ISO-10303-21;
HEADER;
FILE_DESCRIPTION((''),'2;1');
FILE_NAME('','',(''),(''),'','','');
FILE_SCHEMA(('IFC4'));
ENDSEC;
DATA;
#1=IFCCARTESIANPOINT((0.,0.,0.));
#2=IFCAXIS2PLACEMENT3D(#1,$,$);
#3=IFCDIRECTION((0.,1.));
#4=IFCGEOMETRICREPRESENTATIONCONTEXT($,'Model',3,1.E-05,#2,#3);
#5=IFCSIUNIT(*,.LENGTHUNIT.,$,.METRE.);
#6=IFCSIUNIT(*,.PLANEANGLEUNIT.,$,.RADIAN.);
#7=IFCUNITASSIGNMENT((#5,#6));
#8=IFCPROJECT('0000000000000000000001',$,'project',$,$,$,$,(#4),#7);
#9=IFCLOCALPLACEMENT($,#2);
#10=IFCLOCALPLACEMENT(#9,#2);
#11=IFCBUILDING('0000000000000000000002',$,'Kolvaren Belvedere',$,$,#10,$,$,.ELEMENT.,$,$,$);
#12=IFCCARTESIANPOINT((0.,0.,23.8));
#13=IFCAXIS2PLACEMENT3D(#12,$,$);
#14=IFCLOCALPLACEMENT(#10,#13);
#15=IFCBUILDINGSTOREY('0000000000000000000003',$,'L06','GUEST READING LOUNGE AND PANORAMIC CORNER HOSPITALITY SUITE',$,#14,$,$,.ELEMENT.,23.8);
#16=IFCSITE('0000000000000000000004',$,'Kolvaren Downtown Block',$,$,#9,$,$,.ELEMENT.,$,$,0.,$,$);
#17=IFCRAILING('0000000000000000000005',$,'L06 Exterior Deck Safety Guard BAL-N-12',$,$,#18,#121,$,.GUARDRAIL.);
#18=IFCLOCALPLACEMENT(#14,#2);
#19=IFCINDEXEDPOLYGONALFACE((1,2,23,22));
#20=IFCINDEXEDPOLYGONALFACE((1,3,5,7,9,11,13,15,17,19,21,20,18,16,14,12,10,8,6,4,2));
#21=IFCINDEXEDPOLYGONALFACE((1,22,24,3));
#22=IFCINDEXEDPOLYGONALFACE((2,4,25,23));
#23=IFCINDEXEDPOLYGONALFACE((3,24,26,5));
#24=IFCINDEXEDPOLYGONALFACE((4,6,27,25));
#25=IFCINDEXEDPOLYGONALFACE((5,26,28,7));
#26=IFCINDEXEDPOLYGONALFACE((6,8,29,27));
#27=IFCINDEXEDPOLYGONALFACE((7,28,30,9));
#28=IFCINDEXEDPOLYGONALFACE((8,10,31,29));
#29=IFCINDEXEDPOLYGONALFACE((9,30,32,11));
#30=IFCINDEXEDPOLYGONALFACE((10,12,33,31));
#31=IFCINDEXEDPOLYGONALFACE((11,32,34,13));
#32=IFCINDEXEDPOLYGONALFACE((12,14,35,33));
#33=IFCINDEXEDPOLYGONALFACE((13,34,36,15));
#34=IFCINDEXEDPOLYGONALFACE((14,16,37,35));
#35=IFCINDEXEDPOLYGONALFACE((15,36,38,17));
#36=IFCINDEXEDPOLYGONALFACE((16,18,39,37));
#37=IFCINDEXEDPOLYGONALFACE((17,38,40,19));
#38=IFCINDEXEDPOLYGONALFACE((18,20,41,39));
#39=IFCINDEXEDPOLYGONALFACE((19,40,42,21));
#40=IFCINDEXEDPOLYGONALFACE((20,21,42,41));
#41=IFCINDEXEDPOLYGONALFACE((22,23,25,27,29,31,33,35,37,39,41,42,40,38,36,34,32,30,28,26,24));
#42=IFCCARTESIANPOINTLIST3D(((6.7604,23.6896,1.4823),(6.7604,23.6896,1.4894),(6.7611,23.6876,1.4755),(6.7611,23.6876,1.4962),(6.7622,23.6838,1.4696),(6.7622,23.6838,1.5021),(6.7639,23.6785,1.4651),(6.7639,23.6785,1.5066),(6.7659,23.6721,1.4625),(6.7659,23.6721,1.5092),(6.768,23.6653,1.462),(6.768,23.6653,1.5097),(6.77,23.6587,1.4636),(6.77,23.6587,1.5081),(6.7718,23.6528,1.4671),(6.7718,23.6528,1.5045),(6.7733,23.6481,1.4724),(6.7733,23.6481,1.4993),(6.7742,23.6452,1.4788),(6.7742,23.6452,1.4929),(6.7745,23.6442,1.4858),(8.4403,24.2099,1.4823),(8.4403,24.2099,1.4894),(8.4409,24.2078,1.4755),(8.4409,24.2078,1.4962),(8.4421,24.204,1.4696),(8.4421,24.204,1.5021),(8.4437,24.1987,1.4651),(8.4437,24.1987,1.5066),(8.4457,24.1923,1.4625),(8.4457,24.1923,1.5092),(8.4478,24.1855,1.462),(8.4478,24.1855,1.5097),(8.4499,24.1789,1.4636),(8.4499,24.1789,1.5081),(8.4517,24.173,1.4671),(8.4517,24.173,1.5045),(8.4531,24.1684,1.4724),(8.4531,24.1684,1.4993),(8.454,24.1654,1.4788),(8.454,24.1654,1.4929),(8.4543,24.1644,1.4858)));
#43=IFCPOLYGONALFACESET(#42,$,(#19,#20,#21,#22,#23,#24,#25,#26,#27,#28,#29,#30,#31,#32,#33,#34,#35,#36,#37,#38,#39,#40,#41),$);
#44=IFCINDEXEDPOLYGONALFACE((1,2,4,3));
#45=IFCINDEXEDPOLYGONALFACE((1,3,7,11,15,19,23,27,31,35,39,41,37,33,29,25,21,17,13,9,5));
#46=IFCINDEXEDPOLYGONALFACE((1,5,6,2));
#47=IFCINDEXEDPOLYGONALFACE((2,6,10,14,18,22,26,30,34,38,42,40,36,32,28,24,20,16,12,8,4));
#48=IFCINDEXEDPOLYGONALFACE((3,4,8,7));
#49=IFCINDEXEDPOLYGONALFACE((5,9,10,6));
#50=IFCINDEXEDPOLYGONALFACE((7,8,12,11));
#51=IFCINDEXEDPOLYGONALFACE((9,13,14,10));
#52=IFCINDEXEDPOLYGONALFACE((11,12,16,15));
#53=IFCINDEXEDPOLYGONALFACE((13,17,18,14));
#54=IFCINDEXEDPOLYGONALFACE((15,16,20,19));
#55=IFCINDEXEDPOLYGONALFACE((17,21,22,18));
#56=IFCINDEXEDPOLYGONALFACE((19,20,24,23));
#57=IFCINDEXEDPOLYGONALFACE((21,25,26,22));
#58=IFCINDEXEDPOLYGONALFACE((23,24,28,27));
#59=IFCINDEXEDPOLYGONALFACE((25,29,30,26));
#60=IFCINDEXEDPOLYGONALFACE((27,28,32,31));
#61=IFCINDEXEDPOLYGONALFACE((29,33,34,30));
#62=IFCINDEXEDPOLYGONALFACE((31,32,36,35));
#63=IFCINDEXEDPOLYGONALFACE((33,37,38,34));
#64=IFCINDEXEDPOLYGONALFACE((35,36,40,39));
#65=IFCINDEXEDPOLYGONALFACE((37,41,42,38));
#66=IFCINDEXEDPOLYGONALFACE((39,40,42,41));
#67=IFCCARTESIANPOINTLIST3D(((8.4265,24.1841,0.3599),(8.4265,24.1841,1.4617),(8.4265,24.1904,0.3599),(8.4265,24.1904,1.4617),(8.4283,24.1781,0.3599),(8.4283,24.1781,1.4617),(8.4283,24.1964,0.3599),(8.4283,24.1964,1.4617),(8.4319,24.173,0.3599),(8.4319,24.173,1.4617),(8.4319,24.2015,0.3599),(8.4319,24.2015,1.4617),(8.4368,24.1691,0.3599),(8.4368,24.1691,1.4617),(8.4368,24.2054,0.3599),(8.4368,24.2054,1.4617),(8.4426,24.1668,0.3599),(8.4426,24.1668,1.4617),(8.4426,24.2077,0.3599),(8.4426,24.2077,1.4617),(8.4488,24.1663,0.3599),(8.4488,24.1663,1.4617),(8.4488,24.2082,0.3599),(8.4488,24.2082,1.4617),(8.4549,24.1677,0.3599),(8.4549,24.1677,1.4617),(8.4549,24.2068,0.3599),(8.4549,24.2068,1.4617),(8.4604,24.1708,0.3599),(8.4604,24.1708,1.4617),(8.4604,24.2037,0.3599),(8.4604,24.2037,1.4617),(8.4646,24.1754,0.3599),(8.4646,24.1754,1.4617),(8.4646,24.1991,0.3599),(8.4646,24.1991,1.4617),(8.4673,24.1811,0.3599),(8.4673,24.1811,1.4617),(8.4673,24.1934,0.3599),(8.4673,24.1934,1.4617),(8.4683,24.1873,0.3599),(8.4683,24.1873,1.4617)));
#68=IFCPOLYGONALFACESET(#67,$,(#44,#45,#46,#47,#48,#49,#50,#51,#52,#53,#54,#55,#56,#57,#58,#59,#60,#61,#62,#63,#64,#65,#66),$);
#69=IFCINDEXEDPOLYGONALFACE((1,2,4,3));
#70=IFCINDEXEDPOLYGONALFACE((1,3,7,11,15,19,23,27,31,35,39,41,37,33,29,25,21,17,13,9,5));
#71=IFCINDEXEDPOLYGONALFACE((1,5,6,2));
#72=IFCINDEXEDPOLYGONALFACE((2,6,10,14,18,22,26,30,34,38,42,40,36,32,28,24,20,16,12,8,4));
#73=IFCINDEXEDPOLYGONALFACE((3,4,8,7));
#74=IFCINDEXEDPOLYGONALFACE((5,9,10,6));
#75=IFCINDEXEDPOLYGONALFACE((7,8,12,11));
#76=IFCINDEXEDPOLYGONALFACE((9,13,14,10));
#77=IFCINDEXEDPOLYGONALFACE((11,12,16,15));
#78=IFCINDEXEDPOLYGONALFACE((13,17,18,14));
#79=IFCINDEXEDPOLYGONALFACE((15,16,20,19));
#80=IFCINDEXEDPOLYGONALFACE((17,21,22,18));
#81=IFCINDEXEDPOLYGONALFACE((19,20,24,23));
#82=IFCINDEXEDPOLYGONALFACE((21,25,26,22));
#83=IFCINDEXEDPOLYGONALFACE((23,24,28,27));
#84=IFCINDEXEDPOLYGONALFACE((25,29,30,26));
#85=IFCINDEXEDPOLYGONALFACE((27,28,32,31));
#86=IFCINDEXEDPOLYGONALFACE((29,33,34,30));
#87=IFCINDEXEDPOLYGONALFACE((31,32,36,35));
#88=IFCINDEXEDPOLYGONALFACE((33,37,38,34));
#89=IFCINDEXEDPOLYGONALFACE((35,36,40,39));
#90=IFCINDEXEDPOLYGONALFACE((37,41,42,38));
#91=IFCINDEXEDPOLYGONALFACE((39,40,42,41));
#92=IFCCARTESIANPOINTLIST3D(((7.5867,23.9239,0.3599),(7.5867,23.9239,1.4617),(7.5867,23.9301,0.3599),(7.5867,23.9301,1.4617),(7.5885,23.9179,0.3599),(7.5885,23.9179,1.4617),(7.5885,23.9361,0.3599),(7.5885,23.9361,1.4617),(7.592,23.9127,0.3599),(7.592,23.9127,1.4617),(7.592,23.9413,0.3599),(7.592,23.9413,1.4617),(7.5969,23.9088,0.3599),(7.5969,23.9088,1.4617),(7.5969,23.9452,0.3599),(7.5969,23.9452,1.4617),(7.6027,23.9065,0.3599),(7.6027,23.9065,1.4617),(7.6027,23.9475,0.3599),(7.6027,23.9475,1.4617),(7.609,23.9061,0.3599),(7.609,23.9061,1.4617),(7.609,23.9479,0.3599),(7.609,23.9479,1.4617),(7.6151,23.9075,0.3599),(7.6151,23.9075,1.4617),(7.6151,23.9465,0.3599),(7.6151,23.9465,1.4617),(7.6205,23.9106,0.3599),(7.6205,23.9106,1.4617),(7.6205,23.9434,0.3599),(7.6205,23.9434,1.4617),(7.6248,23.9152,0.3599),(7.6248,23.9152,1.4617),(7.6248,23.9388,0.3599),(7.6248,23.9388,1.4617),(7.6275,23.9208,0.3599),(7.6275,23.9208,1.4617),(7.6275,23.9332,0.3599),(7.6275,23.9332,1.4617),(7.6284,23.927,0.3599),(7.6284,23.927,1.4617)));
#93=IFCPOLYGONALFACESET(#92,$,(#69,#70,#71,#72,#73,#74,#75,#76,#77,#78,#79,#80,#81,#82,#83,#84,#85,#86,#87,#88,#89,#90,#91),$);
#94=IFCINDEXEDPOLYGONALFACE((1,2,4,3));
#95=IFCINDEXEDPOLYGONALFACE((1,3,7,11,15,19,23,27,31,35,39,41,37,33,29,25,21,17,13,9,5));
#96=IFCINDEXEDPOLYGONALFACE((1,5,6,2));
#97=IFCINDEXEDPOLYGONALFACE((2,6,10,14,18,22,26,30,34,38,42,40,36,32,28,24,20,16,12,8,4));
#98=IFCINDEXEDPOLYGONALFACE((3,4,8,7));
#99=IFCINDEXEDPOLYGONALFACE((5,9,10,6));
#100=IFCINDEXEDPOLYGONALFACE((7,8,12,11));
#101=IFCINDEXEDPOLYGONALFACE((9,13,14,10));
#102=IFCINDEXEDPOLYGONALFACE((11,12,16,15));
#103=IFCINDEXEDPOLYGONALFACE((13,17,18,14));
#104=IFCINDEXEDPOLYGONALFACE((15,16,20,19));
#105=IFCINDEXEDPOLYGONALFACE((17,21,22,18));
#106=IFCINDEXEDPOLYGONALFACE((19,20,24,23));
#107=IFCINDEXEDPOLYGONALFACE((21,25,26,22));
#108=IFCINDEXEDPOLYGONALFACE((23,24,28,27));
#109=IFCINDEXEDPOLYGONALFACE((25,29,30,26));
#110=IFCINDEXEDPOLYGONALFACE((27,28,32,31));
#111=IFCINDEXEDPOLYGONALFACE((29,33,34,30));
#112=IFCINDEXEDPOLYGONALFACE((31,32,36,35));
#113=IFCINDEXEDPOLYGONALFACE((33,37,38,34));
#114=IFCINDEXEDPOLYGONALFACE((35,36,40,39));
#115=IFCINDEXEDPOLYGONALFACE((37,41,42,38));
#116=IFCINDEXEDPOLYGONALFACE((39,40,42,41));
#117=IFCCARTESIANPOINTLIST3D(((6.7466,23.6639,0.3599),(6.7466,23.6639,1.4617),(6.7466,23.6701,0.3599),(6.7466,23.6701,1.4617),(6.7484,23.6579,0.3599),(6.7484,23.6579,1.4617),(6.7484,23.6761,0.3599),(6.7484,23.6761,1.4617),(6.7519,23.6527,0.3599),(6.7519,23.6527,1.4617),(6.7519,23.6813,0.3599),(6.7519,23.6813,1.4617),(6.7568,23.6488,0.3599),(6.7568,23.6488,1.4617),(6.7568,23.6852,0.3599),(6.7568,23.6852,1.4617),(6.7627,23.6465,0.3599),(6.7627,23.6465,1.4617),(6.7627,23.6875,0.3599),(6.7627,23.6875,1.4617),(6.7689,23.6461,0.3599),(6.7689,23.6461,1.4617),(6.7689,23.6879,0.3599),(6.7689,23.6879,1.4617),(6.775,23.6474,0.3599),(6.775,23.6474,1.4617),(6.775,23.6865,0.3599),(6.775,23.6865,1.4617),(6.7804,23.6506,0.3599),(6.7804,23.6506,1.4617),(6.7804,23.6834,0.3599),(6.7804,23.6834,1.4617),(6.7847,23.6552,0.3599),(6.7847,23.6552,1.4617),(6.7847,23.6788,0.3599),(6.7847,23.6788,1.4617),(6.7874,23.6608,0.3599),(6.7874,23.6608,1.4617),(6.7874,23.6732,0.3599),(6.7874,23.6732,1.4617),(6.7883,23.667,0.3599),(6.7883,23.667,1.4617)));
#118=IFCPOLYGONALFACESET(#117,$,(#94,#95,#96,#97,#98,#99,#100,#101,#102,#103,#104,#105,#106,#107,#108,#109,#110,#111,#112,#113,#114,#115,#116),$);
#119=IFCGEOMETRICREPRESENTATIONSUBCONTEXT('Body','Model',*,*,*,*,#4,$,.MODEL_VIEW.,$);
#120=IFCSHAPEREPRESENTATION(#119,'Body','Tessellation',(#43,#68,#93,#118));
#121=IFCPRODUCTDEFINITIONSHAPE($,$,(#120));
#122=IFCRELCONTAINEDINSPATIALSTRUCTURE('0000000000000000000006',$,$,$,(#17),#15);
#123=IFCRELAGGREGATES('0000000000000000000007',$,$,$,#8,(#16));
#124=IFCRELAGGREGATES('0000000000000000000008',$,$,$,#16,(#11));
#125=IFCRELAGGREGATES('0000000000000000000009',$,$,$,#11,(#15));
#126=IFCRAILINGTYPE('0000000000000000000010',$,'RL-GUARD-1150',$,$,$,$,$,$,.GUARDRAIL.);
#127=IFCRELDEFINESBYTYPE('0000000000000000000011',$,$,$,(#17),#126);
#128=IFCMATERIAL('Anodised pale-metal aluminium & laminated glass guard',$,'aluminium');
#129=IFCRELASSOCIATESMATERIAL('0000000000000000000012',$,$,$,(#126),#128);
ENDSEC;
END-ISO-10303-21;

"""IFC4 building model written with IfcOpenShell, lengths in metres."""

from ifc_helpers import new_model, si_unit, direction, frame, origin, origin_2d, place, context, subcontext, project, spatial, circle, extrude, material, type_object, element, save


model = new_model("IFC4")

# Units and contexts
model_context = context("Model", 3, precision=1e-05, world=origin(), true_north=direction((0.0, 1.0)))
body_context = subcontext(model_context, "Body", "Model", "MODEL_VIEW")
ifc_project = project(units=[si_unit("LENGTHUNIT", "METRE"), si_unit("PLANEANGLEUNIT", "RADIAN")], contexts=[model_context])

# Site, building, storey
site_placement = place(None, origin())
site = spatial("IfcSite", under=ifc_project, at=site_placement, Name="Kolvaren Downtown Block", CompositionType="ELEMENT", RefElevation=0.0)
building_placement = place(site_placement, origin())
building = spatial("IfcBuilding", under=site, at=building_placement, Name="Kolvaren Belvedere", CompositionType="ELEMENT")
storey_placement = place(building_placement, frame((0.0, 0.0, 23.8)))
storey = spatial("IfcBuildingStorey", under=building, at=storey_placement, Name="L06", Description="GUEST READING LOUNGE AND PANORAMIC CORNER HOSPITALITY SUITE", CompositionType="ELEMENT", Elevation=23.8)

# Railing
ifc_material_1 = material(Name="Anodised pale-metal aluminium & laminated glass guard", Category="aluminium")
railing_type = type_object("IfcRailingType", Name="RL-GUARD-1150", PredefinedType="GUARDRAIL", material=ifc_material_1)
railing_1_placement = place(storey_placement, frame((8.4473, 24.1873, 0.3599)))
element("IfcRailing", 1, at=railing_1_placement, inside=storey, type_object=railing_type, Name="L06 Exterior Deck Safety Guard BAL-N-12", PredefinedType="GUARDRAIL", context=body_context, shape_type="SweptSolid", body=[
    extrude(circle(Radius=0.0239, at=origin_2d()), frame((0.0, 0.0, 1.126), z_axis=(-0.95524, -0.295832, 0.0), x_axis=(0.295832, -0.95524, 0.0)), (0.0, 0.0, 1.0), 1.7585),
    extrude(circle(Radius=0.021, at=origin_2d()), origin(), (0.0, 0.0, 1.0), 1.1018),
    extrude(circle(Radius=0.021, at=origin_2d()), frame((-0.8398, -0.2603, 0.0)), (0.0, 0.0, 1.0), 1.1018),
    extrude(circle(Radius=0.021, at=origin_2d()), frame((-1.6799, -0.5203, 0.0)), (0.0, 0.0, 1.0), 1.1018),
])

save(model, "model.ifc")
